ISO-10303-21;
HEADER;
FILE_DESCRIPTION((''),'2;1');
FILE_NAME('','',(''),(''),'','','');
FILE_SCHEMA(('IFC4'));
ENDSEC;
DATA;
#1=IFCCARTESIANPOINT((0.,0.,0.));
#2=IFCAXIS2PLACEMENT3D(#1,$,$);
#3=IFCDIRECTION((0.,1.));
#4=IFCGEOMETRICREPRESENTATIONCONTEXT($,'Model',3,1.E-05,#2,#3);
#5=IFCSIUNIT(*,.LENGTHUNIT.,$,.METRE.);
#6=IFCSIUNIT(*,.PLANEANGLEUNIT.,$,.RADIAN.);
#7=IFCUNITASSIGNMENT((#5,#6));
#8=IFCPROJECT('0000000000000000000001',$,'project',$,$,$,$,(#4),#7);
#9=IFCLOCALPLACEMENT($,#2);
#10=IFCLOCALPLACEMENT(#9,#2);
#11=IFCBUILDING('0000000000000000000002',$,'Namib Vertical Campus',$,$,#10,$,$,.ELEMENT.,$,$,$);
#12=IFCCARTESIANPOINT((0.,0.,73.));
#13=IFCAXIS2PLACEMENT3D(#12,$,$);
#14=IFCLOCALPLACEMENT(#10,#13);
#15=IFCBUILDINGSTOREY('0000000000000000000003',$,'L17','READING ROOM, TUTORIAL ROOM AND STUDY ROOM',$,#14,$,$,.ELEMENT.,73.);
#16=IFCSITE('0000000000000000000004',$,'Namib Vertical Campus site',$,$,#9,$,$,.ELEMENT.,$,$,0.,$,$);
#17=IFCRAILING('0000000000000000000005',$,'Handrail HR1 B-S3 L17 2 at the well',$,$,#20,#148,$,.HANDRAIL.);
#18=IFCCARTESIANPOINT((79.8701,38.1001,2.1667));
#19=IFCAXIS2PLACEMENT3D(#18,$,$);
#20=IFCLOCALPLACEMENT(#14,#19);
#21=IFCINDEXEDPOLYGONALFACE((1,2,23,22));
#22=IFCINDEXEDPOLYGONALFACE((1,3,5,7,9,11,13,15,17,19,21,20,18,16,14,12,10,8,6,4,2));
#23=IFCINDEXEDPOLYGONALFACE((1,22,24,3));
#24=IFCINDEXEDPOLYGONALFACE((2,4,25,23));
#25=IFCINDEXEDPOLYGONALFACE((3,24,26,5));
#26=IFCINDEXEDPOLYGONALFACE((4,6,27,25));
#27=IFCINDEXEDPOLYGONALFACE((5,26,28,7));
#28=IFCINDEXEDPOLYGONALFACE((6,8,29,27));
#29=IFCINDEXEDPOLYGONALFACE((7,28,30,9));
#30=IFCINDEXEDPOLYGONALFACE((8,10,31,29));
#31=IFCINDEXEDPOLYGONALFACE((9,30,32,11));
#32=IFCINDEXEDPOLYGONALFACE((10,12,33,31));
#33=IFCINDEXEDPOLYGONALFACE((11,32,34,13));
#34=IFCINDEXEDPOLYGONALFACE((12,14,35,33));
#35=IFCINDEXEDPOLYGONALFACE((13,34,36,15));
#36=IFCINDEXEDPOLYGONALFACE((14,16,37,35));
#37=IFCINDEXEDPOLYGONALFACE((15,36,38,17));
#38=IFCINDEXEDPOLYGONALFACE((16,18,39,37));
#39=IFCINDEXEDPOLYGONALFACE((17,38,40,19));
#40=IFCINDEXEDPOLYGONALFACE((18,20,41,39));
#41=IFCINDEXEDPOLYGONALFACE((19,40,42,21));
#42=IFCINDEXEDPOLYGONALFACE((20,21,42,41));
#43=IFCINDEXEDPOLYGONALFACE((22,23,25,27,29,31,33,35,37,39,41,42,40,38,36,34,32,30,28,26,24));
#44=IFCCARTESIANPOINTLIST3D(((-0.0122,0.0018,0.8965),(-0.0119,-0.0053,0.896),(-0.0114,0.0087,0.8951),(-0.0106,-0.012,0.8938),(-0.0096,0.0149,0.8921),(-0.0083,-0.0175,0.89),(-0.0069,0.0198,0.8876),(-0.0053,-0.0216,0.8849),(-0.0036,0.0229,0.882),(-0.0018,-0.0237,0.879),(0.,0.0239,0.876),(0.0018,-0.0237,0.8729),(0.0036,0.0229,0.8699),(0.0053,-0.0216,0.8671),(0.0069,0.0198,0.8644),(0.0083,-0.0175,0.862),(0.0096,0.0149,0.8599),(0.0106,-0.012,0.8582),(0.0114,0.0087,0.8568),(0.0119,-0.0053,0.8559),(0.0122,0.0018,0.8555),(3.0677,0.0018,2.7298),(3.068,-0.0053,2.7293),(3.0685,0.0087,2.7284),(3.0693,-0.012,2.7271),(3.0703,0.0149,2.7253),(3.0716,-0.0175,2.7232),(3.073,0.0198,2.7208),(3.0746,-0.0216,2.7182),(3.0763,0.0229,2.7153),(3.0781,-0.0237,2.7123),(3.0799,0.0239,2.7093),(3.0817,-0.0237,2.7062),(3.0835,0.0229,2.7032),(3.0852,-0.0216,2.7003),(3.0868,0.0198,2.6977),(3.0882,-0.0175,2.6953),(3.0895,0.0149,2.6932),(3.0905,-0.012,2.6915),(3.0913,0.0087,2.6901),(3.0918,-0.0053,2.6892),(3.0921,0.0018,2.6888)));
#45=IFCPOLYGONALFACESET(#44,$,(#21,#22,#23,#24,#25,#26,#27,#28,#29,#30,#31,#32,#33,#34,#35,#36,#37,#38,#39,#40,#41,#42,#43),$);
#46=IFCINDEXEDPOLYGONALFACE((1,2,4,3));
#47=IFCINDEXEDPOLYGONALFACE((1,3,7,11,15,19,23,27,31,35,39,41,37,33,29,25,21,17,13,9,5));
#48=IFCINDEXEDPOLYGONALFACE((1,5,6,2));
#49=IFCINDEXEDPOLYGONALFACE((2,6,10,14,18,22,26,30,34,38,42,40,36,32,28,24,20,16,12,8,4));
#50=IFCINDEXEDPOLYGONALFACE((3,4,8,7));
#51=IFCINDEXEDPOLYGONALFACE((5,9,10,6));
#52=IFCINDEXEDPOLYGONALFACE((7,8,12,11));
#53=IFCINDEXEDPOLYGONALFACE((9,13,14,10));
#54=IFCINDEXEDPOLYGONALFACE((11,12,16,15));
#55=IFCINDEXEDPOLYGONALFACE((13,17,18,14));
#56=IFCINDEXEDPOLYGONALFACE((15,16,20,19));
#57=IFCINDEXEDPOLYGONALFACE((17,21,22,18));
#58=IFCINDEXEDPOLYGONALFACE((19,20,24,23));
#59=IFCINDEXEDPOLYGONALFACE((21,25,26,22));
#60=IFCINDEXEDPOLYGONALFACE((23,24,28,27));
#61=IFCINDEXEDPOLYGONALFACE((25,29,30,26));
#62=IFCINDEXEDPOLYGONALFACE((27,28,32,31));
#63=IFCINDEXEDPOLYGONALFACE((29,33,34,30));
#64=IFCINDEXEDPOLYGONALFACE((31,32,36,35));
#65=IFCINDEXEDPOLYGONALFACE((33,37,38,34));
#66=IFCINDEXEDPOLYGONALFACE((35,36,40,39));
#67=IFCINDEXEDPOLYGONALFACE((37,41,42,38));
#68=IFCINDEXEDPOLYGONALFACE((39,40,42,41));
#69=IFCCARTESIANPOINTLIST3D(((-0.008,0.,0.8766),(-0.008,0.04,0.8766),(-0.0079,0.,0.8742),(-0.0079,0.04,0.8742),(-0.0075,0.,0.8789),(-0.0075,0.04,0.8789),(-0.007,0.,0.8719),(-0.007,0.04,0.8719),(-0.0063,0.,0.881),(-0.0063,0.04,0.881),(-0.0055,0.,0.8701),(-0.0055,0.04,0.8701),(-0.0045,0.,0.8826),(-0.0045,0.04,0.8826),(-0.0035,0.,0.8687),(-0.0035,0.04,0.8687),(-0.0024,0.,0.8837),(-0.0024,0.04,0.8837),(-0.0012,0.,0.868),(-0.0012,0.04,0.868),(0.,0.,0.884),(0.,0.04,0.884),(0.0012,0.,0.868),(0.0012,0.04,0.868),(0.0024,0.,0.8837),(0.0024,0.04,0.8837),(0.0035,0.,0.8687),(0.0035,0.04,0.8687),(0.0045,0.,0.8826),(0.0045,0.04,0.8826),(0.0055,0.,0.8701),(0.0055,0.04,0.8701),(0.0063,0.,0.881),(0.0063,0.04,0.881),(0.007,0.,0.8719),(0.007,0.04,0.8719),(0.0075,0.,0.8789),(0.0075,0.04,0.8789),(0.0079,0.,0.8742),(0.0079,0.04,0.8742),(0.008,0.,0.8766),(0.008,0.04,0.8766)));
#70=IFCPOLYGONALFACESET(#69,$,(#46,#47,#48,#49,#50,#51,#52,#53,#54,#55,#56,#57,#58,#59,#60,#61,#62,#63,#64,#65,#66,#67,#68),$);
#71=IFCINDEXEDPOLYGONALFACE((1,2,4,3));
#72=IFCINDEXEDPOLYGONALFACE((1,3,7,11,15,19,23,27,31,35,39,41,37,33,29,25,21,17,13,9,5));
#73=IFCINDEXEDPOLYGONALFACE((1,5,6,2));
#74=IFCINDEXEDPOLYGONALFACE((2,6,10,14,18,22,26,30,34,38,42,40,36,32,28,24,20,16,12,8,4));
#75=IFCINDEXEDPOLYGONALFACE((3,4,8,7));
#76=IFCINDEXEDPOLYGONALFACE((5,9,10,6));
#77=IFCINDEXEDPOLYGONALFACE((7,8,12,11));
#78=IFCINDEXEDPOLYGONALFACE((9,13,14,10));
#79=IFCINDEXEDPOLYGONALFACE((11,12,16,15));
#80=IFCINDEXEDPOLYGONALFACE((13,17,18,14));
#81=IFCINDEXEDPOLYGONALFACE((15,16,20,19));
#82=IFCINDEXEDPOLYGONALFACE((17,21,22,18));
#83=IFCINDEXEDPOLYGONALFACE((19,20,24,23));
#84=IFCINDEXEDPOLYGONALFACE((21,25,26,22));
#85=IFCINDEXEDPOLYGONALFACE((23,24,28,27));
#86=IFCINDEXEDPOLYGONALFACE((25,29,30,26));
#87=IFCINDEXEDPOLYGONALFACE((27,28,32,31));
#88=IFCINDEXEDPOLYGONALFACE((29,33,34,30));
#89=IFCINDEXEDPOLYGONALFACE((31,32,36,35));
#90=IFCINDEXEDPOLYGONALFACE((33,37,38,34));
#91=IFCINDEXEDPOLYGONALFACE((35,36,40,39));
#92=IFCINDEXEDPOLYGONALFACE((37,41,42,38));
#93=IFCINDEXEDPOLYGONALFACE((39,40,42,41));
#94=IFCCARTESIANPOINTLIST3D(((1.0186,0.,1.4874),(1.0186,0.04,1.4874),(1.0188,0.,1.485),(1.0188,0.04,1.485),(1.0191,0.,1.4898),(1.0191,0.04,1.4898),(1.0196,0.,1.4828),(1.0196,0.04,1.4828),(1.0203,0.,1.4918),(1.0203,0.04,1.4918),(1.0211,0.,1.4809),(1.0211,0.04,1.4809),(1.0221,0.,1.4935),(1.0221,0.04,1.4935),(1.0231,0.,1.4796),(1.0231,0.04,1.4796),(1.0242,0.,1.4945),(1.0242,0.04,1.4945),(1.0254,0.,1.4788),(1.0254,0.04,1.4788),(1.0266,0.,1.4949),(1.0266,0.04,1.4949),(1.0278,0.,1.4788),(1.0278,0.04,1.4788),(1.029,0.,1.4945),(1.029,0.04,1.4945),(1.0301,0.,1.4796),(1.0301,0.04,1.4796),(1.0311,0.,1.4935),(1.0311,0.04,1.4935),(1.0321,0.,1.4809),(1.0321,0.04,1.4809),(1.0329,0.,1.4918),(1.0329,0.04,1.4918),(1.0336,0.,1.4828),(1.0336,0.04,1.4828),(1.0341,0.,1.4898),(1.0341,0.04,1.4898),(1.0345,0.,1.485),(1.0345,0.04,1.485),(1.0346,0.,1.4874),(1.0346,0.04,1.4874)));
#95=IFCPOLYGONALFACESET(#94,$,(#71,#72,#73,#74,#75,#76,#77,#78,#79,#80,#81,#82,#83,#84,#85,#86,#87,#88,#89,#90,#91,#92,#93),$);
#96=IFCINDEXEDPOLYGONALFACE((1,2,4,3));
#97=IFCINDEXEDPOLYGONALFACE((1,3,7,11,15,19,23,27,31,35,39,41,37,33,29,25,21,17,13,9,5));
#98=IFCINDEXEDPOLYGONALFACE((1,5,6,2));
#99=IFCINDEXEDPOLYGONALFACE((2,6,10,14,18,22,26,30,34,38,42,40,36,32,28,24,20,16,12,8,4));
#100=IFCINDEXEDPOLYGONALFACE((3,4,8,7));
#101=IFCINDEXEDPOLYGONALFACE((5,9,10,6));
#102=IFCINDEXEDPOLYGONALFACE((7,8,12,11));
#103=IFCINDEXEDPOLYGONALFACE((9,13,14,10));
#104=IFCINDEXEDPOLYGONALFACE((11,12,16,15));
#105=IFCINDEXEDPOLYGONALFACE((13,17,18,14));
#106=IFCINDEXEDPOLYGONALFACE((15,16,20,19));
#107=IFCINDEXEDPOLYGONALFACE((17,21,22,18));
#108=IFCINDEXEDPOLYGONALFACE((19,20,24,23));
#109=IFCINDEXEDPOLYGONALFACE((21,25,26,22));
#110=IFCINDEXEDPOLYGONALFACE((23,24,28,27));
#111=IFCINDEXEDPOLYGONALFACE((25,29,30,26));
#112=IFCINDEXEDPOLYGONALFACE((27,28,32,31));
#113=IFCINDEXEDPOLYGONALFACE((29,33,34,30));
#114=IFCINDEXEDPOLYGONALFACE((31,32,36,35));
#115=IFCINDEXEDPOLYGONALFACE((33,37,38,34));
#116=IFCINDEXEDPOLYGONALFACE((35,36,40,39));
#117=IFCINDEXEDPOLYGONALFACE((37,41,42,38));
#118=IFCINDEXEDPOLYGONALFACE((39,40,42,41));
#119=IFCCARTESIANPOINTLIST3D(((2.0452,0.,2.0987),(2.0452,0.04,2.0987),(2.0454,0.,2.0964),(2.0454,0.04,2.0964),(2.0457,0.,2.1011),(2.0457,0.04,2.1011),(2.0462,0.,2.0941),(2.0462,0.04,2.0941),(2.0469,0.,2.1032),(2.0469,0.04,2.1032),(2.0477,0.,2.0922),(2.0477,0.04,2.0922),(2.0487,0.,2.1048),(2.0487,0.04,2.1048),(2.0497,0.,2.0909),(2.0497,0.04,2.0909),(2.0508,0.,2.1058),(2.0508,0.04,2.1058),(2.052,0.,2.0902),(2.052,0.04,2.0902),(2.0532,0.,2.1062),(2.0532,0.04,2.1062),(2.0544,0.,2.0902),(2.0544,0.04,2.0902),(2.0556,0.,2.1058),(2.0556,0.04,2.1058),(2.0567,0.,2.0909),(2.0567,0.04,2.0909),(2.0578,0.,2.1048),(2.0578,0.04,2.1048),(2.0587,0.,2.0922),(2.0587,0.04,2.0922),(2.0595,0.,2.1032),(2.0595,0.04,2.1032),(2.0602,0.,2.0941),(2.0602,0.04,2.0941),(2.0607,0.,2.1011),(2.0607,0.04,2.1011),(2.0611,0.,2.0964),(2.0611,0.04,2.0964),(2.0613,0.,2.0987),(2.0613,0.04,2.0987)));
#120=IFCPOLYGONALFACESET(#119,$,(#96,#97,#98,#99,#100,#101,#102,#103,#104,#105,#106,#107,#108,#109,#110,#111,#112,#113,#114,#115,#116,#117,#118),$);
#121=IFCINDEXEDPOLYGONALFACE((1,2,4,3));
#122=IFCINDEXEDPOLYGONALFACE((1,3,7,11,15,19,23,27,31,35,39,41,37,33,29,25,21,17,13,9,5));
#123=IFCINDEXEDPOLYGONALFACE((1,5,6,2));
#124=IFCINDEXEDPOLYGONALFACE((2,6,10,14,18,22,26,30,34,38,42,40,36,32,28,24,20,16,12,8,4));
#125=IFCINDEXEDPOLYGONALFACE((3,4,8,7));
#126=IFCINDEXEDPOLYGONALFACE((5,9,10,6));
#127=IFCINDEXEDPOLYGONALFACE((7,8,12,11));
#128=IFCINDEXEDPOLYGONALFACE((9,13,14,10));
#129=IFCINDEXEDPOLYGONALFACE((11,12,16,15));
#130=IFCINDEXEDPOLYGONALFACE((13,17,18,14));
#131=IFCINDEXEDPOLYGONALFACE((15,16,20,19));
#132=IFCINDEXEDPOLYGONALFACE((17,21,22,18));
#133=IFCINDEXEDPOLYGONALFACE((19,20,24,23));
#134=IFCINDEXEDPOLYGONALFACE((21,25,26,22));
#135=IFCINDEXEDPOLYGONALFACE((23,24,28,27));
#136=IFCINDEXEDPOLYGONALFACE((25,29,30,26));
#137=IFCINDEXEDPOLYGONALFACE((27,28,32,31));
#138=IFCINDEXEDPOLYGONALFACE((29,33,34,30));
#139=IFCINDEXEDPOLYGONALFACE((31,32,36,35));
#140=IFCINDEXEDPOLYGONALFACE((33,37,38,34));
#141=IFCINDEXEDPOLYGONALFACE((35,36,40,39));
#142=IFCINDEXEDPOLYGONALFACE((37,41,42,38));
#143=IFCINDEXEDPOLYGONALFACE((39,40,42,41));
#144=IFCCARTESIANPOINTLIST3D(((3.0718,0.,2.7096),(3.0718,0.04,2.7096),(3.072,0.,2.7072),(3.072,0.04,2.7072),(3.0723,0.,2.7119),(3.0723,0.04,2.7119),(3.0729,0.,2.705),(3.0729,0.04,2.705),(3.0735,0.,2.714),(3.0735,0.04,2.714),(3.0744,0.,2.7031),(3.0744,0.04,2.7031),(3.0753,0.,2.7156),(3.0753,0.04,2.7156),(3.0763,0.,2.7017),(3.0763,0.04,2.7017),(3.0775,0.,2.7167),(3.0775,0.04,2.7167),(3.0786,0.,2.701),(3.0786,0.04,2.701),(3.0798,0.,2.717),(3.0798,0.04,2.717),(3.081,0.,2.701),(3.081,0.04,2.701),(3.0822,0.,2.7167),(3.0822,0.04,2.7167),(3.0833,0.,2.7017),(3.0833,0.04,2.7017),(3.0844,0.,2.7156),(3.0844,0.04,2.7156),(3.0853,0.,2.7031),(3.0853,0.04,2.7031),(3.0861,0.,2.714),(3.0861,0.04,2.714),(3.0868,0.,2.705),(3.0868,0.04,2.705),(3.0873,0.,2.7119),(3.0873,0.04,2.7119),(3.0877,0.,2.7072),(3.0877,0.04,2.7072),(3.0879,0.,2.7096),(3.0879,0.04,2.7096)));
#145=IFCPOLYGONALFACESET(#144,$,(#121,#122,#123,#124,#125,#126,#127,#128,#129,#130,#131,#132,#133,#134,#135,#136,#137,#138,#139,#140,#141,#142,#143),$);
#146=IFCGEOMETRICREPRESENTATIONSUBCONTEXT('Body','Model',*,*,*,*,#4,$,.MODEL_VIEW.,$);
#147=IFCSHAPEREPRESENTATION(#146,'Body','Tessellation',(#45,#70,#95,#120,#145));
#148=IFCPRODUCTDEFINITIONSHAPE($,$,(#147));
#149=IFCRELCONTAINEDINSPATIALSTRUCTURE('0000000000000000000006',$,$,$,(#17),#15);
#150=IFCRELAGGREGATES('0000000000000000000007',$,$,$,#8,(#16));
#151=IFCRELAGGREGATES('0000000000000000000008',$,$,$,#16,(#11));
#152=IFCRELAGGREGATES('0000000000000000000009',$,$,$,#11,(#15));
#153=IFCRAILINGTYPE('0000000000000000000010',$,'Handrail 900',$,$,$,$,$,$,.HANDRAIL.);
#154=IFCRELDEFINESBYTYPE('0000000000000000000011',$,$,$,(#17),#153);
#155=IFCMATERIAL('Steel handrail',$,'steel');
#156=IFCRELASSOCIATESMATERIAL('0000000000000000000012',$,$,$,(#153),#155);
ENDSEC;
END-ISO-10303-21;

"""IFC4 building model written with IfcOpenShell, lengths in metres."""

from ifc_helpers import new_model, si_unit, direction, frame, origin, origin_2d, place, context, subcontext, project, spatial, circle, extrude, material, type_object, element, save


model = new_model("IFC4")

# Units and contexts
model_context = context("Model", 3, precision=1e-05, world=origin(), true_north=direction((0.0, 1.0)))
body_context = subcontext(model_context, "Body", "Model", "MODEL_VIEW")
ifc_project = project(units=[si_unit("LENGTHUNIT", "METRE"), si_unit("PLANEANGLEUNIT", "RADIAN")], contexts=[model_context])

# Site, building, storey
site_placement = place(None, origin())
site = spatial("IfcSite", under=ifc_project, at=site_placement, Name="Namib Vertical Campus site", CompositionType="ELEMENT", RefElevation=0.0)
building_placement = place(site_placement, origin())
building = spatial("IfcBuilding", under=site, at=building_placement, Name="Namib Vertical Campus", CompositionType="ELEMENT")
storey_placement = place(building_placement, frame((0.0, 0.0, 73.0)))
storey = spatial("IfcBuildingStorey", under=building, at=storey_placement, Name="L17", Description="READING ROOM, TUTORIAL ROOM AND STUDY ROOM", CompositionType="ELEMENT", Elevation=73.0)

# Railing
ifc_material_1 = material(Name="Steel handrail", Category="steel")
railing_type_1 = type_object("IfcRailingType", Name="Handrail 900", PredefinedType="HANDRAIL", material=ifc_material_1)
railing_1_placement = place(storey_placement, frame((79.8701, 38.1001, 2.1667)))
element("IfcRailing", 1, at=railing_1_placement, inside=storey, type_object=railing_type_1, Name="Handrail HR1 B-S3 L17 2 at the well", PredefinedType="HANDRAIL", context=body_context, shape_type="SweptSolid", body=[
    extrude(circle(Radius=0.0239, at=origin_2d()), frame((0.0, 0.0, 0.876), z_axis=(0.859291, 0.0, 0.511487), x_axis=(0.0, 1.0, 0.0)), (0.0, 0.0, 1.0), 3.5842),
    extrude(circle(Radius=0.0081, at=origin_2d()), frame((0.0, 0.0, 0.876), z_axis=(0.0, 1.0, 0.0), x_axis=(0.0, 0.0, 1.0)), (0.0, 0.0, 1.0), 0.04),
    extrude(circle(Radius=0.0081, at=origin_2d()), frame((1.0266, 0.0, 1.4868), z_axis=(0.0, 1.0, 0.0), x_axis=(0.0, 0.0, 1.0)), (0.0, 0.0, 1.0), 0.04),
    extrude(circle(Radius=0.0081, at=origin_2d()), frame((2.0532, 0.0, 2.0981), z_axis=(0.0, 1.0, 0.0), x_axis=(0.0, 0.0, 1.0)), (0.0, 0.0, 1.0), 0.04),
    extrude(circle(Radius=0.0081, at=origin_2d()), frame((3.0798, 0.0, 2.709), z_axis=(0.0, 1.0, 0.0), x_axis=(0.0, 0.0, 1.0)), (0.0, 0.0, 1.0), 0.04),
])

save(model, "model.ifc")
